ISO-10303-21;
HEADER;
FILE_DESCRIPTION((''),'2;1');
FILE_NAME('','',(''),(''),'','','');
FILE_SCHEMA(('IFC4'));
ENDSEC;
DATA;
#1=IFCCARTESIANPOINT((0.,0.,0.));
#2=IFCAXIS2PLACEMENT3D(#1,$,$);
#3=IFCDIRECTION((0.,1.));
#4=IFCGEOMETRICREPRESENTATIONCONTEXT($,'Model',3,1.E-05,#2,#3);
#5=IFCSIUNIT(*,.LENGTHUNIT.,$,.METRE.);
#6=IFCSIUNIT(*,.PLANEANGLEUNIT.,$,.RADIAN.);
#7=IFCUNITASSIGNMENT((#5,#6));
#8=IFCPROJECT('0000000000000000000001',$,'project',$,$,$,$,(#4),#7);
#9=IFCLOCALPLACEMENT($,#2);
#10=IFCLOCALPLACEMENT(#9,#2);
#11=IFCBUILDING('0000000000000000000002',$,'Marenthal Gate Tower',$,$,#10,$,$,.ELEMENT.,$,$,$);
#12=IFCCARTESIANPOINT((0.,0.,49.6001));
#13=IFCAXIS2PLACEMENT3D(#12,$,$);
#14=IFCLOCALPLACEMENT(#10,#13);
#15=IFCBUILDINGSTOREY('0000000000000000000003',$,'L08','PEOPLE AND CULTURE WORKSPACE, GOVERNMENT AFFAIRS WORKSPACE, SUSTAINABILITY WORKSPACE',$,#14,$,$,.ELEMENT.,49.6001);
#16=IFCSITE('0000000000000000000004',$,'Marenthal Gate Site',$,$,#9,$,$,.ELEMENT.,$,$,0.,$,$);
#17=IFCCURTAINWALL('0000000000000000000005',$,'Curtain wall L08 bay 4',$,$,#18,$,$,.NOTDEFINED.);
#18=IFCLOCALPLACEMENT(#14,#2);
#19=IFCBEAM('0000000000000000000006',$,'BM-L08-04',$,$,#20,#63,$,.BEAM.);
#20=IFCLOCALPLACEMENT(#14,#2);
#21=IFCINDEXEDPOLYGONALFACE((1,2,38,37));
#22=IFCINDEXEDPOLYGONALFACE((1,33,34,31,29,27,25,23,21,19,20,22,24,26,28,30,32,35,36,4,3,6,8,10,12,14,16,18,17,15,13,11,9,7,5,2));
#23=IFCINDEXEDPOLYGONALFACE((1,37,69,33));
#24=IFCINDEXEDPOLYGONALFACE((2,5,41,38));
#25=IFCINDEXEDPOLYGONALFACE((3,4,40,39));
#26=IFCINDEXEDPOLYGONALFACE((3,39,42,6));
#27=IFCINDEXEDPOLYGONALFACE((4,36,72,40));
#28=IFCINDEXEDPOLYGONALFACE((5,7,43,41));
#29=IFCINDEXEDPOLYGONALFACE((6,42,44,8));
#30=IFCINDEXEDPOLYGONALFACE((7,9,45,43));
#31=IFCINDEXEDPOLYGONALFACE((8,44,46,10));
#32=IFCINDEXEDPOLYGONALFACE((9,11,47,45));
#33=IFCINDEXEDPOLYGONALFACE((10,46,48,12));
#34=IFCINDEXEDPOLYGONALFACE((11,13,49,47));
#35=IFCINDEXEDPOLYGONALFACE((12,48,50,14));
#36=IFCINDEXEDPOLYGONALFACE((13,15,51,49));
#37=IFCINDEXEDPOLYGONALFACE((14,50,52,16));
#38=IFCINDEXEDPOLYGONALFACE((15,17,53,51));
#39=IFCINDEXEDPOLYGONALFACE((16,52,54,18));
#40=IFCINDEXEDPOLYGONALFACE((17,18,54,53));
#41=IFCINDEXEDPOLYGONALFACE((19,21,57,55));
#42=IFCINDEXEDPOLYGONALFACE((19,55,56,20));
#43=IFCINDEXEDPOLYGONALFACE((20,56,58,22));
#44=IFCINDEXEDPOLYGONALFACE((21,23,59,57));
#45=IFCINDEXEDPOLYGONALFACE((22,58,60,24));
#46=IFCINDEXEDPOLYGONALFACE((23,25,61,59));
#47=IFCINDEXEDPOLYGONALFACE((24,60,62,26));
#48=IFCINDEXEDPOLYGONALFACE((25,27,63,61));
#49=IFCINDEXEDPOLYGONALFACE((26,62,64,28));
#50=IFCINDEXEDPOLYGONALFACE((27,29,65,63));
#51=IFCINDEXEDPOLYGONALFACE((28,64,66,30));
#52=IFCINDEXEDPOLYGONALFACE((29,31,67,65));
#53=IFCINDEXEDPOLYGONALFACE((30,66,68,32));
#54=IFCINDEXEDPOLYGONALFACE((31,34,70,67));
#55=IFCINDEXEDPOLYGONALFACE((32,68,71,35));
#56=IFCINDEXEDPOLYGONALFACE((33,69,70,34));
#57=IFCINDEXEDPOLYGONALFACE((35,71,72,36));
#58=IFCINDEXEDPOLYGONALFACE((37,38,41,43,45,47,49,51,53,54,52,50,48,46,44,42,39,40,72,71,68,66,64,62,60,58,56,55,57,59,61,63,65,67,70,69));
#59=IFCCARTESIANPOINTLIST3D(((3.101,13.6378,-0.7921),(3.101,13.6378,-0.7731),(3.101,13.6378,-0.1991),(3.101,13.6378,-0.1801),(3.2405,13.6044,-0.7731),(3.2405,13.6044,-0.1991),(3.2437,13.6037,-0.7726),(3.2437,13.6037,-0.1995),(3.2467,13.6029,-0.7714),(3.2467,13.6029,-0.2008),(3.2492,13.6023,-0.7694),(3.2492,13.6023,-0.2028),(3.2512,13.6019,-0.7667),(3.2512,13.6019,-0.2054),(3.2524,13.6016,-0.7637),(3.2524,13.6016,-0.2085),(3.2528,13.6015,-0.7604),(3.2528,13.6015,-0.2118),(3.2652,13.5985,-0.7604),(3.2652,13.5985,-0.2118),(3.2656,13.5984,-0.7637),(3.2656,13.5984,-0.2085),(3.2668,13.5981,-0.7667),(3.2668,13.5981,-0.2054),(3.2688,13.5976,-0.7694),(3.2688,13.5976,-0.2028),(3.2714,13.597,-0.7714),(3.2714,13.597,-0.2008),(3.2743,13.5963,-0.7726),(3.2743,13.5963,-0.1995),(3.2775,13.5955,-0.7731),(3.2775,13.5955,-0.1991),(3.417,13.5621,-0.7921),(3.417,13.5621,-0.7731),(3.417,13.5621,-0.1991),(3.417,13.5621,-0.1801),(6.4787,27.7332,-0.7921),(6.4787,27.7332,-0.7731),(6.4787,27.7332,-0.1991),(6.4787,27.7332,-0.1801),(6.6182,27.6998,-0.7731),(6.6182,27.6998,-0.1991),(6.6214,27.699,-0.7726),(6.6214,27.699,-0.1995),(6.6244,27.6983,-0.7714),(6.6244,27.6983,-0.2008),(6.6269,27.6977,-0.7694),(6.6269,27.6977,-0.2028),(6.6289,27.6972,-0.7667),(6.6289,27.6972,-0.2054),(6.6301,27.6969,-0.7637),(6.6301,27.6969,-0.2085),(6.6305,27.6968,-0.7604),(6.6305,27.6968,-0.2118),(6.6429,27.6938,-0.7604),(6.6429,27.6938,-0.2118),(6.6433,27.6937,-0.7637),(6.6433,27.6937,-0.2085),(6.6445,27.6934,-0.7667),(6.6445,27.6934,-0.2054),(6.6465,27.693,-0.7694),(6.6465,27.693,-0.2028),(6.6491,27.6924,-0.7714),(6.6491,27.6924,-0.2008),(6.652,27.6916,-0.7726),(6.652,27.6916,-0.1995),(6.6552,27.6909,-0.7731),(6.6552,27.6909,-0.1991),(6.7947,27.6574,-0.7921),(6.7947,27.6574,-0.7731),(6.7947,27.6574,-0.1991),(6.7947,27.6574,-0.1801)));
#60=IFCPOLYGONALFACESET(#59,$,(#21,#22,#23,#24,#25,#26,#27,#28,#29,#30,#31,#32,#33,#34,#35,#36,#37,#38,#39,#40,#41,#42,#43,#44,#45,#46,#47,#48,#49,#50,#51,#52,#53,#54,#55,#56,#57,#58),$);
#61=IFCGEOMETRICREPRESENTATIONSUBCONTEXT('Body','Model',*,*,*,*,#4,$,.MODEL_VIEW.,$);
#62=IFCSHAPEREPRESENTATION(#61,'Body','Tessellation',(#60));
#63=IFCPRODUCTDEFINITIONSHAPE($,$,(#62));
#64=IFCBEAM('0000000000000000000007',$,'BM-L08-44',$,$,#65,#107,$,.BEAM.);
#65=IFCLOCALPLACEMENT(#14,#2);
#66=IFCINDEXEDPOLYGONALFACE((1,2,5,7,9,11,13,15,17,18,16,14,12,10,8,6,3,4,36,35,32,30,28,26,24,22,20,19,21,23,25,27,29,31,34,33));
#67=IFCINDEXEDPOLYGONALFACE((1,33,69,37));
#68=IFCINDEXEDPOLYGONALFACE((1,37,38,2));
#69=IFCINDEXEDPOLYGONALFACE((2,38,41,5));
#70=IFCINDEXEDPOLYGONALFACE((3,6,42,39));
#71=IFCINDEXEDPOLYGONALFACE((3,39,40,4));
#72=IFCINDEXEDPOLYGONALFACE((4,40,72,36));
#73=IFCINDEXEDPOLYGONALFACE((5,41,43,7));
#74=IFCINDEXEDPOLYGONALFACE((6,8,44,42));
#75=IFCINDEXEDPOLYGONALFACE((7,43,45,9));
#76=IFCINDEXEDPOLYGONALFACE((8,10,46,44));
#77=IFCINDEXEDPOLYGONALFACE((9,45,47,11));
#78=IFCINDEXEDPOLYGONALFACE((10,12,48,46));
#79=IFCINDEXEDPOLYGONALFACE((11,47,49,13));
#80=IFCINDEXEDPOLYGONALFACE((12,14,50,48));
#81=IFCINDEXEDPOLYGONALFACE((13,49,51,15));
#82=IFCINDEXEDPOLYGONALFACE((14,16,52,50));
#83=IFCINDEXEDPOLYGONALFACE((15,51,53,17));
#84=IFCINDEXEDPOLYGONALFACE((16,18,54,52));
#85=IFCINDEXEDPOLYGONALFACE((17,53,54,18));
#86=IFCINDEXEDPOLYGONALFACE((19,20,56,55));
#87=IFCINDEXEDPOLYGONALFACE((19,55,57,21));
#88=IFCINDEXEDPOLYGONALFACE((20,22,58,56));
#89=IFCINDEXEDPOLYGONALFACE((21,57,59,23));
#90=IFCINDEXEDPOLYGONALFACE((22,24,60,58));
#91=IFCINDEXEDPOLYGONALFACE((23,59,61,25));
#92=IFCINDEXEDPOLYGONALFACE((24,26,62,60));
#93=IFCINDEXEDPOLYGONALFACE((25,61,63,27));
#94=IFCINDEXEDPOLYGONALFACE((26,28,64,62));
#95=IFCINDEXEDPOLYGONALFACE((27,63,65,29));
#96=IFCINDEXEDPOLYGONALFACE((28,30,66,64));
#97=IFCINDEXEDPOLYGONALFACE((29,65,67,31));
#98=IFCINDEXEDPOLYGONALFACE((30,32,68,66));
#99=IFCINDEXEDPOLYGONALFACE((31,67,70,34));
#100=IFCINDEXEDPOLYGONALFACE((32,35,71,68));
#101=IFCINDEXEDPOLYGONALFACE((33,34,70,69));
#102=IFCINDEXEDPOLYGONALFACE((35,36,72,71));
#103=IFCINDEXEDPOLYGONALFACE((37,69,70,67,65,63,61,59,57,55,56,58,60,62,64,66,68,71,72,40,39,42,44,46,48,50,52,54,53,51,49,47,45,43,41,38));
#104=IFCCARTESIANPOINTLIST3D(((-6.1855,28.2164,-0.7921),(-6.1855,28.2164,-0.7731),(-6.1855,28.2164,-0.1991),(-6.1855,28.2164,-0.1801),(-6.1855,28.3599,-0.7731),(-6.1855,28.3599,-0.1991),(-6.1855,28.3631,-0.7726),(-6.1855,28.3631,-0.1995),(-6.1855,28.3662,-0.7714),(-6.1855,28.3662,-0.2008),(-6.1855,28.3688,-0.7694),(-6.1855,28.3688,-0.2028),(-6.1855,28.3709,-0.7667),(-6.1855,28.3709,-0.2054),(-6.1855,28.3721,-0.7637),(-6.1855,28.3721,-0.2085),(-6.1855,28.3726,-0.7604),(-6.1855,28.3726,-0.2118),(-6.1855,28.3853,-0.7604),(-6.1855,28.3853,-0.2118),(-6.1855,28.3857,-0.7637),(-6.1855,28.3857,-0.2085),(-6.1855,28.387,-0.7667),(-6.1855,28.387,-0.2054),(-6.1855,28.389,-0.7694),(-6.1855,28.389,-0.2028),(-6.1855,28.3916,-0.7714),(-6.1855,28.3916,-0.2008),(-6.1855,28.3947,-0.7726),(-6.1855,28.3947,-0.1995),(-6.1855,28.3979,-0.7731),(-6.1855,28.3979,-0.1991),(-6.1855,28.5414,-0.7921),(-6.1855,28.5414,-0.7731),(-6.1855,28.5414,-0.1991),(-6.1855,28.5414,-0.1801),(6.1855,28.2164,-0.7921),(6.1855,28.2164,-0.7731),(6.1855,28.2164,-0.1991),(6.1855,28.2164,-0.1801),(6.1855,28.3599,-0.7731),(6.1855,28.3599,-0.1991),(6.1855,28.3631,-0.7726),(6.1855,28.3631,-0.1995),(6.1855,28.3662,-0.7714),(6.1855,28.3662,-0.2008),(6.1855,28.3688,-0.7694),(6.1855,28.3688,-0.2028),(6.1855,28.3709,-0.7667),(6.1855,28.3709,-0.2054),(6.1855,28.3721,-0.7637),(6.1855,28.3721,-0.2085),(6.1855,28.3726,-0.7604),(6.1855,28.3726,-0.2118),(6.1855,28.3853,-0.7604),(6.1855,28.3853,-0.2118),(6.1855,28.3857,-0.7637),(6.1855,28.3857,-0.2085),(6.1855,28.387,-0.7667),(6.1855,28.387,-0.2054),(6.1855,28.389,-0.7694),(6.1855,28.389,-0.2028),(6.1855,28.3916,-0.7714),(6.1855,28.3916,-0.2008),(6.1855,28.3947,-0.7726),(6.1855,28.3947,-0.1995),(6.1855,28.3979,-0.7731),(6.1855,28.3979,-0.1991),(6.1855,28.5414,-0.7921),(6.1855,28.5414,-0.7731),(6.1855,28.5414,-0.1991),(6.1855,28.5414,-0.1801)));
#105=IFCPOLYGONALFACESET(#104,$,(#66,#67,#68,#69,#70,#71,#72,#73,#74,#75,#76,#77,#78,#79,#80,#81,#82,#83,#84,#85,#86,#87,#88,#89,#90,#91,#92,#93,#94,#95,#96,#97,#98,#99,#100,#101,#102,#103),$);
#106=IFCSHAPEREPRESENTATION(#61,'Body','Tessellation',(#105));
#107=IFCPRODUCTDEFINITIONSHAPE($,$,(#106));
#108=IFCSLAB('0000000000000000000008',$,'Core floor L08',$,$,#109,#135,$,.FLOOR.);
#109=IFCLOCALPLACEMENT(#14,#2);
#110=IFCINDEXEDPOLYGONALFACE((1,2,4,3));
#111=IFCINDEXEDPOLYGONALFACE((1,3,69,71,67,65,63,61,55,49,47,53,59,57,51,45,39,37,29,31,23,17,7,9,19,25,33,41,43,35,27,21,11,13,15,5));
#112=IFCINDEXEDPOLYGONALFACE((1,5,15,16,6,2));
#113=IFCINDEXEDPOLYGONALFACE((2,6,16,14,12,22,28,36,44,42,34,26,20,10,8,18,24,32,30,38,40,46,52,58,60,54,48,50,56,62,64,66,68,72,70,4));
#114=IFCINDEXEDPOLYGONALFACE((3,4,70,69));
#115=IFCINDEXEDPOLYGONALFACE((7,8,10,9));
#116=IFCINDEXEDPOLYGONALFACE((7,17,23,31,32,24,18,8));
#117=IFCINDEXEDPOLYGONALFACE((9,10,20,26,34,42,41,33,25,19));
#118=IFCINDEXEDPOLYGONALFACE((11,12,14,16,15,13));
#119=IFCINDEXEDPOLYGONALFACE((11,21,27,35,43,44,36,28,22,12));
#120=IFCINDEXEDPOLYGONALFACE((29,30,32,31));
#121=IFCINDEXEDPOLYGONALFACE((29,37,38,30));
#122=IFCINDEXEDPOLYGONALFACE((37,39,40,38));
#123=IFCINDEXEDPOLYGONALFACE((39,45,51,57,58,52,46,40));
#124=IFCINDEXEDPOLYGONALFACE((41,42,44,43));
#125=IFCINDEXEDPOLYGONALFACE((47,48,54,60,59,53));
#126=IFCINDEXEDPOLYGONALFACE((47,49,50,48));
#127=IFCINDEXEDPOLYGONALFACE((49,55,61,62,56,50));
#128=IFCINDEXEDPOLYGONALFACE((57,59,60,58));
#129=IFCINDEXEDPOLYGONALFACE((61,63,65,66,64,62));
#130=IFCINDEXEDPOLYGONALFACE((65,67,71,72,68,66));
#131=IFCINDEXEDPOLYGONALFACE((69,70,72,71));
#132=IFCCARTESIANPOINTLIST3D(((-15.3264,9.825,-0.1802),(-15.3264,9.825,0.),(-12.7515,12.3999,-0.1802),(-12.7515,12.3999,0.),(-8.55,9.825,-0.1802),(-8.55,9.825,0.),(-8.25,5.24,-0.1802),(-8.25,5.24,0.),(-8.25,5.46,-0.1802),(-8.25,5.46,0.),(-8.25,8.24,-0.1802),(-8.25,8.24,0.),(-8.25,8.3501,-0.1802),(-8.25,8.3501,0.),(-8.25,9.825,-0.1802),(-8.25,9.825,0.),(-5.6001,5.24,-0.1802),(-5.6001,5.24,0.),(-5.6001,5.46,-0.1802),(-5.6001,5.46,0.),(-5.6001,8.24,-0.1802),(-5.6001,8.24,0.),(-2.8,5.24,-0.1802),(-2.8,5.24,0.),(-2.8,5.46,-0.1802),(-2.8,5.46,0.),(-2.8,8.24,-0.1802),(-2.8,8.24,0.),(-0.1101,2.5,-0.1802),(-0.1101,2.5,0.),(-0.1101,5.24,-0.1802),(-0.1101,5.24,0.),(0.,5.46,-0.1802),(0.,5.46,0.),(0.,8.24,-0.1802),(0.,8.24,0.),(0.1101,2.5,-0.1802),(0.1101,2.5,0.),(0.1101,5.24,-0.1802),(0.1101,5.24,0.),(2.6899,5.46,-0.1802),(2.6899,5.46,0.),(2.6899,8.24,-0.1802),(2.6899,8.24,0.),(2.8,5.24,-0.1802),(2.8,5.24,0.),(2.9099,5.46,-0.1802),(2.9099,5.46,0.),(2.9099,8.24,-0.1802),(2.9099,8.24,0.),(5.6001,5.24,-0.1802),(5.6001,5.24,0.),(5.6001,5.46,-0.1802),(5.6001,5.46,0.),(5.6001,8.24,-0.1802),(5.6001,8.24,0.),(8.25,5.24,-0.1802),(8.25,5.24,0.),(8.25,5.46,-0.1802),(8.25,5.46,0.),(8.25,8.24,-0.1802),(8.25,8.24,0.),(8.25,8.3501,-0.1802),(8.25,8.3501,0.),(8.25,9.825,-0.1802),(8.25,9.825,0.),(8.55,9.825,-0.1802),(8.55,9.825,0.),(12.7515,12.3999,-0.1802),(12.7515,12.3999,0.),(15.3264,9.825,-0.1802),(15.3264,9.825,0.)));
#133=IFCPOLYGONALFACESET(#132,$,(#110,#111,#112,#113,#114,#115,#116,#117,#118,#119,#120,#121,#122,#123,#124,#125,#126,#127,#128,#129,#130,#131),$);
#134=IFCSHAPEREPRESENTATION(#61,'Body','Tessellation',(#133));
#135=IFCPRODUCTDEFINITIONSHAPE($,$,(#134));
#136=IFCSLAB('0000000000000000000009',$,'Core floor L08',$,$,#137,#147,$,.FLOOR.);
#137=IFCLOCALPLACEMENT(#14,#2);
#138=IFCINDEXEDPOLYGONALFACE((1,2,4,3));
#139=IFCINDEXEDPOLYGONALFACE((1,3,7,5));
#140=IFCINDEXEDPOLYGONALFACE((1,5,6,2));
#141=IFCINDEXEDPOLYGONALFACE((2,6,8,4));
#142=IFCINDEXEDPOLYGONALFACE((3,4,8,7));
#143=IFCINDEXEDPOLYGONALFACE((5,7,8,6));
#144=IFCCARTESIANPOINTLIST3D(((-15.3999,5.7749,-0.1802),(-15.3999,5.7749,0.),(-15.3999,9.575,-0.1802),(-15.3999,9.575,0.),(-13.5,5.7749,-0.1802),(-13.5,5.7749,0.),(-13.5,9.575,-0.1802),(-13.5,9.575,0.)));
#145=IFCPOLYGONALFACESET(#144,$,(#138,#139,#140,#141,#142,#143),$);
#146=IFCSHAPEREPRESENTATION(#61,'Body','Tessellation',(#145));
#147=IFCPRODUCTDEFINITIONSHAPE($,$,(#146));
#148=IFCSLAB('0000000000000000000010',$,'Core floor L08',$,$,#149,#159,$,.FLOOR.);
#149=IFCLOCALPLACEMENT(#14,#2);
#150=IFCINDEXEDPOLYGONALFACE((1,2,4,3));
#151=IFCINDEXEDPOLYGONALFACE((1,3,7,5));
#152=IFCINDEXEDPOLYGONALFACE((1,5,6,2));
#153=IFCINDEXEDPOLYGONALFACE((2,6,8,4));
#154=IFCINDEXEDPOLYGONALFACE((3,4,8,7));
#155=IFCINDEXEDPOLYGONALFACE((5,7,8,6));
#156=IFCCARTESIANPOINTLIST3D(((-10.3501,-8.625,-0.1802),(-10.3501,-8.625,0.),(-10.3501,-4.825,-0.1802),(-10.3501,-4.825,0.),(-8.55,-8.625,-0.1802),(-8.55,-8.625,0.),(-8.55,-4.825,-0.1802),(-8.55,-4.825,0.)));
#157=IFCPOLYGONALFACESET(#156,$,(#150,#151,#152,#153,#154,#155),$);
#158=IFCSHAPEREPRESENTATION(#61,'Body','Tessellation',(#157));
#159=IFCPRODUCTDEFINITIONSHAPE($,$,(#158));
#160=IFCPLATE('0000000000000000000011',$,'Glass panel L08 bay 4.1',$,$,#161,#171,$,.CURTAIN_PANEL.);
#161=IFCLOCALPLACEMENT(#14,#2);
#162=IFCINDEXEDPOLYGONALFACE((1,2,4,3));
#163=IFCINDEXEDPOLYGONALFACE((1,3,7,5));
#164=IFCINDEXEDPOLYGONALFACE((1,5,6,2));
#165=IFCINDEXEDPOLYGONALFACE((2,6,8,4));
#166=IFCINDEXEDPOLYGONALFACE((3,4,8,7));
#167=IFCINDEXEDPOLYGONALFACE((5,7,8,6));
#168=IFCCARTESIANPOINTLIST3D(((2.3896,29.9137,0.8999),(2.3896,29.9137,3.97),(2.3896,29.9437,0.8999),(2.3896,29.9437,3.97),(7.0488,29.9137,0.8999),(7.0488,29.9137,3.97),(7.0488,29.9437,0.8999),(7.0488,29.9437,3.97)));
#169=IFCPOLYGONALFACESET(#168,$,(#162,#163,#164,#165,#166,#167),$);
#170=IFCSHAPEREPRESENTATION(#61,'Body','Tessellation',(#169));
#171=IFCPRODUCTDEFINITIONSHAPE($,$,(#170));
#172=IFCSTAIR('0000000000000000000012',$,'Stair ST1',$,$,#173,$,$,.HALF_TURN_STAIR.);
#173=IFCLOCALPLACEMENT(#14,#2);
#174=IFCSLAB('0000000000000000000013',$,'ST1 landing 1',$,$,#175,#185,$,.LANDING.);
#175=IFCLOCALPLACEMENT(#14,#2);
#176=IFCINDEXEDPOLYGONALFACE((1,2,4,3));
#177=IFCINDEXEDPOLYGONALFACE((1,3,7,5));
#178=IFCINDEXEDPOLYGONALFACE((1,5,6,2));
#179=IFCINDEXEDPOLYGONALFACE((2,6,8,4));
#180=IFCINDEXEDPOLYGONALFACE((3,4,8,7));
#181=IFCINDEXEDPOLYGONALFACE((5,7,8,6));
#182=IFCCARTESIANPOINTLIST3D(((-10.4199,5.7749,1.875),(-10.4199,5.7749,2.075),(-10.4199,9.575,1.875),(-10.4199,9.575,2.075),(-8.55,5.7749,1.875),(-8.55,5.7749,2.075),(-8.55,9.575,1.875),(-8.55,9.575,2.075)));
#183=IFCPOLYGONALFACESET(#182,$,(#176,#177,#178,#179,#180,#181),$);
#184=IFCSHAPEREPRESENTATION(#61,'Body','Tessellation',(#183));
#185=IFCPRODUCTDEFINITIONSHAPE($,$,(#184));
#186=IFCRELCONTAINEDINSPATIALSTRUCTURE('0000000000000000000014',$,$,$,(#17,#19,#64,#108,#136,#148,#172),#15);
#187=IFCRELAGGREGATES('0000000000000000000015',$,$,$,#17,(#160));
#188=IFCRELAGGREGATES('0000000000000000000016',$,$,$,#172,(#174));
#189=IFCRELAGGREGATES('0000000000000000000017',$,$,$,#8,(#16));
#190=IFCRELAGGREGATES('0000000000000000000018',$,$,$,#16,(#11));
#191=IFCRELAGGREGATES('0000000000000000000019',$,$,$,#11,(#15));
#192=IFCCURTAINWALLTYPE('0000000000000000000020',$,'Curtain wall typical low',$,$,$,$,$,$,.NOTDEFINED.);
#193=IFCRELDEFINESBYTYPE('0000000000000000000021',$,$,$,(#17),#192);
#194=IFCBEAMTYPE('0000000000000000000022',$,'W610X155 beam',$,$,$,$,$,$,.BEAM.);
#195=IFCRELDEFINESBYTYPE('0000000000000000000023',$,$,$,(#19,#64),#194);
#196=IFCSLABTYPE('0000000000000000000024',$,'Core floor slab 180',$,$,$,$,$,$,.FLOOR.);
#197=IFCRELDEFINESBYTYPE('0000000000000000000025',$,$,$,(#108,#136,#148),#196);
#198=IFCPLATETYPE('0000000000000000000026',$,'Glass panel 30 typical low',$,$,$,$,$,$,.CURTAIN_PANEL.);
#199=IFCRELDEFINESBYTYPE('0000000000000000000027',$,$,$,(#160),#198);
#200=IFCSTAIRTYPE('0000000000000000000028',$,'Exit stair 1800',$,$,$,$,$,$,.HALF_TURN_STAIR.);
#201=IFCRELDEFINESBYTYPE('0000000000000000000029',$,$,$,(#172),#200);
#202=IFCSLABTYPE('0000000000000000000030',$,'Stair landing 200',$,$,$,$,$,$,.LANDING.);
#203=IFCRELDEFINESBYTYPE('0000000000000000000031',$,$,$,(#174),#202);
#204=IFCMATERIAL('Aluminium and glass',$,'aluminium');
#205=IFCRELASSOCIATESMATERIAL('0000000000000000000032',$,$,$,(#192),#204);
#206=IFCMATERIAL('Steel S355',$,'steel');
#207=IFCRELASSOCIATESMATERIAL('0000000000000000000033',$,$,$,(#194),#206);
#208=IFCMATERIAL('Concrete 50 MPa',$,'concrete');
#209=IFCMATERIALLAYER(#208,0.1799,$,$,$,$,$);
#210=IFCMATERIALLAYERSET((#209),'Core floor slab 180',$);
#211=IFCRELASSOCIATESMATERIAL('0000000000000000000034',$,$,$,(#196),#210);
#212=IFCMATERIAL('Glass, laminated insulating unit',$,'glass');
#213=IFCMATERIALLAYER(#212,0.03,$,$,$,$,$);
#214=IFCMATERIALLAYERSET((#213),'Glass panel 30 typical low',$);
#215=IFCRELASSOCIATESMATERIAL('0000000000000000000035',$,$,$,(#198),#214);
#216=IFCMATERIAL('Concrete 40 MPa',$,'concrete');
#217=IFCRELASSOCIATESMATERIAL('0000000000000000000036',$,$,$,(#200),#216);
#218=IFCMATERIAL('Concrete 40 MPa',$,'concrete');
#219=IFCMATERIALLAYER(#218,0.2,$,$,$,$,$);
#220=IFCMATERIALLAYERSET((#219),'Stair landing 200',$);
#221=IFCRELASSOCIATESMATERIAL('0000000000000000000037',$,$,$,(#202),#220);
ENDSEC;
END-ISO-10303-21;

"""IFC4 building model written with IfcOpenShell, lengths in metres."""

from ifc_helpers import new_model, si_unit, direction, frame, origin, origin_2d, place, context, subcontext, project, spatial, polyline, rectangle, i_section, outline, extrude, material, layer, layer_set, material_profile, profile_set, type_object, element, aggregate, save


model = new_model("IFC4")

# Units and contexts
model_context = context("Model", 3, precision=1e-05, world=origin(), true_north=direction((0.0, 1.0)))
body_context = subcontext(model_context, "Body", "Model", "MODEL_VIEW")
ifc_project = project(units=[si_unit("LENGTHUNIT", "METRE"), si_unit("PLANEANGLEUNIT", "RADIAN")], contexts=[model_context])

# Site, building, storey
site_placement = place(None, origin())
site = spatial("IfcSite", under=ifc_project, at=site_placement, Name="Marenthal Gate Site", CompositionType="ELEMENT", RefElevation=0.0)
building_placement = place(site_placement, origin())
building = spatial("IfcBuilding", under=site, at=building_placement, Name="Marenthal Gate Tower", CompositionType="ELEMENT")
storey_placement = place(building_placement, frame((0.0, 0.0, 49.6001)))
storey = spatial("IfcBuildingStorey", under=building, at=storey_placement, Name="L08", Description="PEOPLE AND CULTURE WORKSPACE, GOVERNMENT AFFAIRS WORKSPACE, SUSTAINABILITY WORKSPACE", CompositionType="ELEMENT", Elevation=49.6001)

# Curtain wall
ifc_material_1 = material(Name="Aluminium and glass", Category="aluminium")
curtain_wall_type = type_object("IfcCurtainWallType", Name="Curtain wall typical low", PredefinedType="NOTDEFINED", material=ifc_material_1)
curtain_wall_placement = place(storey_placement, origin())
curtain_wall = element("IfcCurtainWall", 1, at=curtain_wall_placement, inside=storey, type_object=curtain_wall_type, Name="Curtain wall L08 bay 4", PredefinedType="NOTDEFINED")

# Beams
ifc_material_2 = material(Name="Steel S355", Category="steel")
ifc_material_profile_1 = material_profile(ifc_material_2, i_section(OverallWidth=0.325, OverallDepth=0.6121, WebThickness=0.0127, FlangeThickness=0.019, FilletRadius=0.0127, at=origin_2d()), Name="W610X155")
ifc_profile_set_1 = profile_set([ifc_material_profile_1], Name="Steel S355")
beam_type_1 = type_object("IfcBeamType", Name="W610X155 beam", PredefinedType="BEAM", material=ifc_profile_set_1)
beam_1_placement = place(storey_placement, frame((6.6367, 27.6953, -0.4861), z_axis=(-0.233036, -0.972468, 0.0), x_axis=(0.972468, -0.233036, 0.0)))
element("IfcBeam", 2, at=beam_1_placement, inside=storey, type_object=beam_type_1, Name="BM-L08-04", PredefinedType="BEAM", context=body_context, shape_type="SweptSolid", body=[
    extrude(i_section(OverallWidth=0.325, OverallDepth=0.6121, WebThickness=0.0127, FlangeThickness=0.019, FilletRadius=0.0127, at=origin_2d()), origin(), (0.0, 0.0, 1.0), 14.4944),
])
beam_2_placement = place(storey_placement, frame((6.1855, 28.3789, -0.4861), z_axis=(-1.0, 0.0, 0.0), x_axis=(0.0, -1.0, 0.0)))
element("IfcBeam", 3, at=beam_2_placement, inside=storey, type_object=beam_type_1, Name="BM-L08-44", PredefinedType="BEAM", context=body_context, shape_type="SweptSolid", body=[
    extrude(i_section(OverallWidth=0.325, OverallDepth=0.6121, WebThickness=0.0127, FlangeThickness=0.019, FilletRadius=0.0127, at=origin_2d()), origin(), (0.0, 0.0, 1.0), 12.3711),
])

# Slabs
ifc_material_3 = material(Name="Concrete 50 MPa", Category="concrete")
ifc_layer_1 = layer(ifc_material_3, 0.1799)
ifc_layer_set_1 = layer_set([ifc_layer_1], Name="Core floor slab 180")
slab_type_1 = type_object("IfcSlabType", Name="Core floor slab 180", PredefinedType="FLOOR", material=ifc_layer_set_1)
slab_1_placement = place(storey_placement, frame((0.0, 0.0, -0.1802)))
element("IfcSlab", 4, at=slab_1_placement, inside=storey, type_object=slab_type_1, Name="Core floor L08", PredefinedType="FLOOR", context=body_context, shape_type="SweptSolid", body=[
    extrude(outline(polyline([(12.7515, 12.3999), (15.3264, 9.825), (8.55, 9.825), (8.25, 9.825), (8.25, 8.3501), (8.25, 8.24), (5.6001, 8.24), (2.9099, 8.24), (2.9099, 5.46), (5.6001, 5.46), (8.25, 5.46), (8.25, 5.24), (5.6001, 5.24), (2.8, 5.24), (0.1101, 5.24), (0.1101, 2.5), (-0.1101, 2.5), (-0.1101, 5.24), (-2.8, 5.24), (-5.6001, 5.24), (-8.25, 5.24), (-8.25, 5.46), (-5.6001, 5.46), (-2.8, 5.46), (0.0, 5.46), (2.6899, 5.46), (2.6899, 8.24), (0.0, 8.24), (-2.8, 8.24), (-5.6001, 8.24), (-8.25, 8.24), (-8.25, 8.3501), (-8.25, 9.825), (-8.55, 9.825), (-15.3264, 9.825), (-12.7515, 12.3999), (12.7515, 12.3999)])), origin(), (0.0, 0.0, 1.0), 0.1802),
])
slab_2_placement = place(storey_placement, frame((0.0, 0.0, -0.1802)))
element("IfcSlab", 5, at=slab_2_placement, inside=storey, type_object=slab_type_1, Name="Core floor L08", PredefinedType="FLOOR", context=body_context, shape_type="SweptSolid", body=[
    extrude(outline(polyline([(-15.3999, 9.575), (-13.5, 9.575), (-13.5, 5.7749), (-15.3999, 5.7749), (-15.3999, 9.575)])), origin(), (0.0, 0.0, 1.0), 0.1802),
])
slab_3_placement = place(storey_placement, frame((0.0, 0.0, -0.1802)))
element("IfcSlab", 6, at=slab_3_placement, inside=storey, type_object=slab_type_1, Name="Core floor L08", PredefinedType="FLOOR", context=body_context, shape_type="SweptSolid", body=[
    extrude(outline(polyline([(-8.55, -8.625), (-10.3501, -8.625), (-10.3501, -4.825), (-8.55, -4.825), (-8.55, -8.625)])), origin(), (0.0, 0.0, 1.0), 0.1802),
])

# Plate
ifc_material_4 = material(Name="Glass, laminated insulating unit", Category="glass")
ifc_layer_2 = layer(ifc_material_4, 0.03)
ifc_layer_set_2 = layer_set([ifc_layer_2], Name="Glass panel 30 typical low")
plate_type = type_object("IfcPlateType", Name="Glass panel 30 typical low", PredefinedType="CURTAIN_PANEL", material=ifc_layer_set_2)
plate_placement = place(storey_placement, frame((4.7192, 29.9287, 0.8999), z_axis=(0.0, 0.0, 1.0), x_axis=(-1.0, 0.0, 0.0)))
plate = element("IfcPlate", 7, at=plate_placement, type_object=plate_type, Name="Glass panel L08 bay 4.1", PredefinedType="CURTAIN_PANEL", context=body_context, shape_type="SweptSolid", body=[
    extrude(rectangle(XDim=4.6592, YDim=0.03, at=origin_2d()), origin(), (0.0, 0.0, 1.0), 3.0701),
])
aggregate(curtain_wall, [plate])

# Stair, slab
ifc_material_5 = material(Name="Concrete 40 MPa", Category="concrete")
stair_type = type_object("IfcStairType", Name="Exit stair 1800", PredefinedType="HALF_TURN_STAIR", material=ifc_material_5)
stair_1_placement = place(storey_placement, origin())
stair_1 = element("IfcStair", 8, at=stair_1_placement, inside=storey, type_object=stair_type, Name="Stair ST1", PredefinedType="HALF_TURN_STAIR")
ifc_material_6 = material(Name="Concrete 40 MPa", Category="concrete")
ifc_layer_3 = layer(ifc_material_6, 0.2)
ifc_layer_set_3 = layer_set([ifc_layer_3], Name="Stair landing 200")
slab_type_2 = type_object("IfcSlabType", Name="Stair landing 200", PredefinedType="LANDING", material=ifc_layer_set_3)
slab_4_placement = place(storey_placement, frame((0.0, 0.0, 1.875)))
slab_4 = element("IfcSlab", 9, at=slab_4_placement, type_object=slab_type_2, Name="ST1 landing 1", PredefinedType="LANDING", context=body_context, shape_type="SweptSolid", body=[
    extrude(outline(polyline([(-10.4199, 5.7749), (-8.55, 5.7749), (-8.55, 9.575), (-10.4199, 9.575), (-10.4199, 5.7749)])), origin(), (0.0, 0.0, 1.0), 0.2),
])
aggregate(stair_1, [slab_4])

save(model, "model.ifc")
